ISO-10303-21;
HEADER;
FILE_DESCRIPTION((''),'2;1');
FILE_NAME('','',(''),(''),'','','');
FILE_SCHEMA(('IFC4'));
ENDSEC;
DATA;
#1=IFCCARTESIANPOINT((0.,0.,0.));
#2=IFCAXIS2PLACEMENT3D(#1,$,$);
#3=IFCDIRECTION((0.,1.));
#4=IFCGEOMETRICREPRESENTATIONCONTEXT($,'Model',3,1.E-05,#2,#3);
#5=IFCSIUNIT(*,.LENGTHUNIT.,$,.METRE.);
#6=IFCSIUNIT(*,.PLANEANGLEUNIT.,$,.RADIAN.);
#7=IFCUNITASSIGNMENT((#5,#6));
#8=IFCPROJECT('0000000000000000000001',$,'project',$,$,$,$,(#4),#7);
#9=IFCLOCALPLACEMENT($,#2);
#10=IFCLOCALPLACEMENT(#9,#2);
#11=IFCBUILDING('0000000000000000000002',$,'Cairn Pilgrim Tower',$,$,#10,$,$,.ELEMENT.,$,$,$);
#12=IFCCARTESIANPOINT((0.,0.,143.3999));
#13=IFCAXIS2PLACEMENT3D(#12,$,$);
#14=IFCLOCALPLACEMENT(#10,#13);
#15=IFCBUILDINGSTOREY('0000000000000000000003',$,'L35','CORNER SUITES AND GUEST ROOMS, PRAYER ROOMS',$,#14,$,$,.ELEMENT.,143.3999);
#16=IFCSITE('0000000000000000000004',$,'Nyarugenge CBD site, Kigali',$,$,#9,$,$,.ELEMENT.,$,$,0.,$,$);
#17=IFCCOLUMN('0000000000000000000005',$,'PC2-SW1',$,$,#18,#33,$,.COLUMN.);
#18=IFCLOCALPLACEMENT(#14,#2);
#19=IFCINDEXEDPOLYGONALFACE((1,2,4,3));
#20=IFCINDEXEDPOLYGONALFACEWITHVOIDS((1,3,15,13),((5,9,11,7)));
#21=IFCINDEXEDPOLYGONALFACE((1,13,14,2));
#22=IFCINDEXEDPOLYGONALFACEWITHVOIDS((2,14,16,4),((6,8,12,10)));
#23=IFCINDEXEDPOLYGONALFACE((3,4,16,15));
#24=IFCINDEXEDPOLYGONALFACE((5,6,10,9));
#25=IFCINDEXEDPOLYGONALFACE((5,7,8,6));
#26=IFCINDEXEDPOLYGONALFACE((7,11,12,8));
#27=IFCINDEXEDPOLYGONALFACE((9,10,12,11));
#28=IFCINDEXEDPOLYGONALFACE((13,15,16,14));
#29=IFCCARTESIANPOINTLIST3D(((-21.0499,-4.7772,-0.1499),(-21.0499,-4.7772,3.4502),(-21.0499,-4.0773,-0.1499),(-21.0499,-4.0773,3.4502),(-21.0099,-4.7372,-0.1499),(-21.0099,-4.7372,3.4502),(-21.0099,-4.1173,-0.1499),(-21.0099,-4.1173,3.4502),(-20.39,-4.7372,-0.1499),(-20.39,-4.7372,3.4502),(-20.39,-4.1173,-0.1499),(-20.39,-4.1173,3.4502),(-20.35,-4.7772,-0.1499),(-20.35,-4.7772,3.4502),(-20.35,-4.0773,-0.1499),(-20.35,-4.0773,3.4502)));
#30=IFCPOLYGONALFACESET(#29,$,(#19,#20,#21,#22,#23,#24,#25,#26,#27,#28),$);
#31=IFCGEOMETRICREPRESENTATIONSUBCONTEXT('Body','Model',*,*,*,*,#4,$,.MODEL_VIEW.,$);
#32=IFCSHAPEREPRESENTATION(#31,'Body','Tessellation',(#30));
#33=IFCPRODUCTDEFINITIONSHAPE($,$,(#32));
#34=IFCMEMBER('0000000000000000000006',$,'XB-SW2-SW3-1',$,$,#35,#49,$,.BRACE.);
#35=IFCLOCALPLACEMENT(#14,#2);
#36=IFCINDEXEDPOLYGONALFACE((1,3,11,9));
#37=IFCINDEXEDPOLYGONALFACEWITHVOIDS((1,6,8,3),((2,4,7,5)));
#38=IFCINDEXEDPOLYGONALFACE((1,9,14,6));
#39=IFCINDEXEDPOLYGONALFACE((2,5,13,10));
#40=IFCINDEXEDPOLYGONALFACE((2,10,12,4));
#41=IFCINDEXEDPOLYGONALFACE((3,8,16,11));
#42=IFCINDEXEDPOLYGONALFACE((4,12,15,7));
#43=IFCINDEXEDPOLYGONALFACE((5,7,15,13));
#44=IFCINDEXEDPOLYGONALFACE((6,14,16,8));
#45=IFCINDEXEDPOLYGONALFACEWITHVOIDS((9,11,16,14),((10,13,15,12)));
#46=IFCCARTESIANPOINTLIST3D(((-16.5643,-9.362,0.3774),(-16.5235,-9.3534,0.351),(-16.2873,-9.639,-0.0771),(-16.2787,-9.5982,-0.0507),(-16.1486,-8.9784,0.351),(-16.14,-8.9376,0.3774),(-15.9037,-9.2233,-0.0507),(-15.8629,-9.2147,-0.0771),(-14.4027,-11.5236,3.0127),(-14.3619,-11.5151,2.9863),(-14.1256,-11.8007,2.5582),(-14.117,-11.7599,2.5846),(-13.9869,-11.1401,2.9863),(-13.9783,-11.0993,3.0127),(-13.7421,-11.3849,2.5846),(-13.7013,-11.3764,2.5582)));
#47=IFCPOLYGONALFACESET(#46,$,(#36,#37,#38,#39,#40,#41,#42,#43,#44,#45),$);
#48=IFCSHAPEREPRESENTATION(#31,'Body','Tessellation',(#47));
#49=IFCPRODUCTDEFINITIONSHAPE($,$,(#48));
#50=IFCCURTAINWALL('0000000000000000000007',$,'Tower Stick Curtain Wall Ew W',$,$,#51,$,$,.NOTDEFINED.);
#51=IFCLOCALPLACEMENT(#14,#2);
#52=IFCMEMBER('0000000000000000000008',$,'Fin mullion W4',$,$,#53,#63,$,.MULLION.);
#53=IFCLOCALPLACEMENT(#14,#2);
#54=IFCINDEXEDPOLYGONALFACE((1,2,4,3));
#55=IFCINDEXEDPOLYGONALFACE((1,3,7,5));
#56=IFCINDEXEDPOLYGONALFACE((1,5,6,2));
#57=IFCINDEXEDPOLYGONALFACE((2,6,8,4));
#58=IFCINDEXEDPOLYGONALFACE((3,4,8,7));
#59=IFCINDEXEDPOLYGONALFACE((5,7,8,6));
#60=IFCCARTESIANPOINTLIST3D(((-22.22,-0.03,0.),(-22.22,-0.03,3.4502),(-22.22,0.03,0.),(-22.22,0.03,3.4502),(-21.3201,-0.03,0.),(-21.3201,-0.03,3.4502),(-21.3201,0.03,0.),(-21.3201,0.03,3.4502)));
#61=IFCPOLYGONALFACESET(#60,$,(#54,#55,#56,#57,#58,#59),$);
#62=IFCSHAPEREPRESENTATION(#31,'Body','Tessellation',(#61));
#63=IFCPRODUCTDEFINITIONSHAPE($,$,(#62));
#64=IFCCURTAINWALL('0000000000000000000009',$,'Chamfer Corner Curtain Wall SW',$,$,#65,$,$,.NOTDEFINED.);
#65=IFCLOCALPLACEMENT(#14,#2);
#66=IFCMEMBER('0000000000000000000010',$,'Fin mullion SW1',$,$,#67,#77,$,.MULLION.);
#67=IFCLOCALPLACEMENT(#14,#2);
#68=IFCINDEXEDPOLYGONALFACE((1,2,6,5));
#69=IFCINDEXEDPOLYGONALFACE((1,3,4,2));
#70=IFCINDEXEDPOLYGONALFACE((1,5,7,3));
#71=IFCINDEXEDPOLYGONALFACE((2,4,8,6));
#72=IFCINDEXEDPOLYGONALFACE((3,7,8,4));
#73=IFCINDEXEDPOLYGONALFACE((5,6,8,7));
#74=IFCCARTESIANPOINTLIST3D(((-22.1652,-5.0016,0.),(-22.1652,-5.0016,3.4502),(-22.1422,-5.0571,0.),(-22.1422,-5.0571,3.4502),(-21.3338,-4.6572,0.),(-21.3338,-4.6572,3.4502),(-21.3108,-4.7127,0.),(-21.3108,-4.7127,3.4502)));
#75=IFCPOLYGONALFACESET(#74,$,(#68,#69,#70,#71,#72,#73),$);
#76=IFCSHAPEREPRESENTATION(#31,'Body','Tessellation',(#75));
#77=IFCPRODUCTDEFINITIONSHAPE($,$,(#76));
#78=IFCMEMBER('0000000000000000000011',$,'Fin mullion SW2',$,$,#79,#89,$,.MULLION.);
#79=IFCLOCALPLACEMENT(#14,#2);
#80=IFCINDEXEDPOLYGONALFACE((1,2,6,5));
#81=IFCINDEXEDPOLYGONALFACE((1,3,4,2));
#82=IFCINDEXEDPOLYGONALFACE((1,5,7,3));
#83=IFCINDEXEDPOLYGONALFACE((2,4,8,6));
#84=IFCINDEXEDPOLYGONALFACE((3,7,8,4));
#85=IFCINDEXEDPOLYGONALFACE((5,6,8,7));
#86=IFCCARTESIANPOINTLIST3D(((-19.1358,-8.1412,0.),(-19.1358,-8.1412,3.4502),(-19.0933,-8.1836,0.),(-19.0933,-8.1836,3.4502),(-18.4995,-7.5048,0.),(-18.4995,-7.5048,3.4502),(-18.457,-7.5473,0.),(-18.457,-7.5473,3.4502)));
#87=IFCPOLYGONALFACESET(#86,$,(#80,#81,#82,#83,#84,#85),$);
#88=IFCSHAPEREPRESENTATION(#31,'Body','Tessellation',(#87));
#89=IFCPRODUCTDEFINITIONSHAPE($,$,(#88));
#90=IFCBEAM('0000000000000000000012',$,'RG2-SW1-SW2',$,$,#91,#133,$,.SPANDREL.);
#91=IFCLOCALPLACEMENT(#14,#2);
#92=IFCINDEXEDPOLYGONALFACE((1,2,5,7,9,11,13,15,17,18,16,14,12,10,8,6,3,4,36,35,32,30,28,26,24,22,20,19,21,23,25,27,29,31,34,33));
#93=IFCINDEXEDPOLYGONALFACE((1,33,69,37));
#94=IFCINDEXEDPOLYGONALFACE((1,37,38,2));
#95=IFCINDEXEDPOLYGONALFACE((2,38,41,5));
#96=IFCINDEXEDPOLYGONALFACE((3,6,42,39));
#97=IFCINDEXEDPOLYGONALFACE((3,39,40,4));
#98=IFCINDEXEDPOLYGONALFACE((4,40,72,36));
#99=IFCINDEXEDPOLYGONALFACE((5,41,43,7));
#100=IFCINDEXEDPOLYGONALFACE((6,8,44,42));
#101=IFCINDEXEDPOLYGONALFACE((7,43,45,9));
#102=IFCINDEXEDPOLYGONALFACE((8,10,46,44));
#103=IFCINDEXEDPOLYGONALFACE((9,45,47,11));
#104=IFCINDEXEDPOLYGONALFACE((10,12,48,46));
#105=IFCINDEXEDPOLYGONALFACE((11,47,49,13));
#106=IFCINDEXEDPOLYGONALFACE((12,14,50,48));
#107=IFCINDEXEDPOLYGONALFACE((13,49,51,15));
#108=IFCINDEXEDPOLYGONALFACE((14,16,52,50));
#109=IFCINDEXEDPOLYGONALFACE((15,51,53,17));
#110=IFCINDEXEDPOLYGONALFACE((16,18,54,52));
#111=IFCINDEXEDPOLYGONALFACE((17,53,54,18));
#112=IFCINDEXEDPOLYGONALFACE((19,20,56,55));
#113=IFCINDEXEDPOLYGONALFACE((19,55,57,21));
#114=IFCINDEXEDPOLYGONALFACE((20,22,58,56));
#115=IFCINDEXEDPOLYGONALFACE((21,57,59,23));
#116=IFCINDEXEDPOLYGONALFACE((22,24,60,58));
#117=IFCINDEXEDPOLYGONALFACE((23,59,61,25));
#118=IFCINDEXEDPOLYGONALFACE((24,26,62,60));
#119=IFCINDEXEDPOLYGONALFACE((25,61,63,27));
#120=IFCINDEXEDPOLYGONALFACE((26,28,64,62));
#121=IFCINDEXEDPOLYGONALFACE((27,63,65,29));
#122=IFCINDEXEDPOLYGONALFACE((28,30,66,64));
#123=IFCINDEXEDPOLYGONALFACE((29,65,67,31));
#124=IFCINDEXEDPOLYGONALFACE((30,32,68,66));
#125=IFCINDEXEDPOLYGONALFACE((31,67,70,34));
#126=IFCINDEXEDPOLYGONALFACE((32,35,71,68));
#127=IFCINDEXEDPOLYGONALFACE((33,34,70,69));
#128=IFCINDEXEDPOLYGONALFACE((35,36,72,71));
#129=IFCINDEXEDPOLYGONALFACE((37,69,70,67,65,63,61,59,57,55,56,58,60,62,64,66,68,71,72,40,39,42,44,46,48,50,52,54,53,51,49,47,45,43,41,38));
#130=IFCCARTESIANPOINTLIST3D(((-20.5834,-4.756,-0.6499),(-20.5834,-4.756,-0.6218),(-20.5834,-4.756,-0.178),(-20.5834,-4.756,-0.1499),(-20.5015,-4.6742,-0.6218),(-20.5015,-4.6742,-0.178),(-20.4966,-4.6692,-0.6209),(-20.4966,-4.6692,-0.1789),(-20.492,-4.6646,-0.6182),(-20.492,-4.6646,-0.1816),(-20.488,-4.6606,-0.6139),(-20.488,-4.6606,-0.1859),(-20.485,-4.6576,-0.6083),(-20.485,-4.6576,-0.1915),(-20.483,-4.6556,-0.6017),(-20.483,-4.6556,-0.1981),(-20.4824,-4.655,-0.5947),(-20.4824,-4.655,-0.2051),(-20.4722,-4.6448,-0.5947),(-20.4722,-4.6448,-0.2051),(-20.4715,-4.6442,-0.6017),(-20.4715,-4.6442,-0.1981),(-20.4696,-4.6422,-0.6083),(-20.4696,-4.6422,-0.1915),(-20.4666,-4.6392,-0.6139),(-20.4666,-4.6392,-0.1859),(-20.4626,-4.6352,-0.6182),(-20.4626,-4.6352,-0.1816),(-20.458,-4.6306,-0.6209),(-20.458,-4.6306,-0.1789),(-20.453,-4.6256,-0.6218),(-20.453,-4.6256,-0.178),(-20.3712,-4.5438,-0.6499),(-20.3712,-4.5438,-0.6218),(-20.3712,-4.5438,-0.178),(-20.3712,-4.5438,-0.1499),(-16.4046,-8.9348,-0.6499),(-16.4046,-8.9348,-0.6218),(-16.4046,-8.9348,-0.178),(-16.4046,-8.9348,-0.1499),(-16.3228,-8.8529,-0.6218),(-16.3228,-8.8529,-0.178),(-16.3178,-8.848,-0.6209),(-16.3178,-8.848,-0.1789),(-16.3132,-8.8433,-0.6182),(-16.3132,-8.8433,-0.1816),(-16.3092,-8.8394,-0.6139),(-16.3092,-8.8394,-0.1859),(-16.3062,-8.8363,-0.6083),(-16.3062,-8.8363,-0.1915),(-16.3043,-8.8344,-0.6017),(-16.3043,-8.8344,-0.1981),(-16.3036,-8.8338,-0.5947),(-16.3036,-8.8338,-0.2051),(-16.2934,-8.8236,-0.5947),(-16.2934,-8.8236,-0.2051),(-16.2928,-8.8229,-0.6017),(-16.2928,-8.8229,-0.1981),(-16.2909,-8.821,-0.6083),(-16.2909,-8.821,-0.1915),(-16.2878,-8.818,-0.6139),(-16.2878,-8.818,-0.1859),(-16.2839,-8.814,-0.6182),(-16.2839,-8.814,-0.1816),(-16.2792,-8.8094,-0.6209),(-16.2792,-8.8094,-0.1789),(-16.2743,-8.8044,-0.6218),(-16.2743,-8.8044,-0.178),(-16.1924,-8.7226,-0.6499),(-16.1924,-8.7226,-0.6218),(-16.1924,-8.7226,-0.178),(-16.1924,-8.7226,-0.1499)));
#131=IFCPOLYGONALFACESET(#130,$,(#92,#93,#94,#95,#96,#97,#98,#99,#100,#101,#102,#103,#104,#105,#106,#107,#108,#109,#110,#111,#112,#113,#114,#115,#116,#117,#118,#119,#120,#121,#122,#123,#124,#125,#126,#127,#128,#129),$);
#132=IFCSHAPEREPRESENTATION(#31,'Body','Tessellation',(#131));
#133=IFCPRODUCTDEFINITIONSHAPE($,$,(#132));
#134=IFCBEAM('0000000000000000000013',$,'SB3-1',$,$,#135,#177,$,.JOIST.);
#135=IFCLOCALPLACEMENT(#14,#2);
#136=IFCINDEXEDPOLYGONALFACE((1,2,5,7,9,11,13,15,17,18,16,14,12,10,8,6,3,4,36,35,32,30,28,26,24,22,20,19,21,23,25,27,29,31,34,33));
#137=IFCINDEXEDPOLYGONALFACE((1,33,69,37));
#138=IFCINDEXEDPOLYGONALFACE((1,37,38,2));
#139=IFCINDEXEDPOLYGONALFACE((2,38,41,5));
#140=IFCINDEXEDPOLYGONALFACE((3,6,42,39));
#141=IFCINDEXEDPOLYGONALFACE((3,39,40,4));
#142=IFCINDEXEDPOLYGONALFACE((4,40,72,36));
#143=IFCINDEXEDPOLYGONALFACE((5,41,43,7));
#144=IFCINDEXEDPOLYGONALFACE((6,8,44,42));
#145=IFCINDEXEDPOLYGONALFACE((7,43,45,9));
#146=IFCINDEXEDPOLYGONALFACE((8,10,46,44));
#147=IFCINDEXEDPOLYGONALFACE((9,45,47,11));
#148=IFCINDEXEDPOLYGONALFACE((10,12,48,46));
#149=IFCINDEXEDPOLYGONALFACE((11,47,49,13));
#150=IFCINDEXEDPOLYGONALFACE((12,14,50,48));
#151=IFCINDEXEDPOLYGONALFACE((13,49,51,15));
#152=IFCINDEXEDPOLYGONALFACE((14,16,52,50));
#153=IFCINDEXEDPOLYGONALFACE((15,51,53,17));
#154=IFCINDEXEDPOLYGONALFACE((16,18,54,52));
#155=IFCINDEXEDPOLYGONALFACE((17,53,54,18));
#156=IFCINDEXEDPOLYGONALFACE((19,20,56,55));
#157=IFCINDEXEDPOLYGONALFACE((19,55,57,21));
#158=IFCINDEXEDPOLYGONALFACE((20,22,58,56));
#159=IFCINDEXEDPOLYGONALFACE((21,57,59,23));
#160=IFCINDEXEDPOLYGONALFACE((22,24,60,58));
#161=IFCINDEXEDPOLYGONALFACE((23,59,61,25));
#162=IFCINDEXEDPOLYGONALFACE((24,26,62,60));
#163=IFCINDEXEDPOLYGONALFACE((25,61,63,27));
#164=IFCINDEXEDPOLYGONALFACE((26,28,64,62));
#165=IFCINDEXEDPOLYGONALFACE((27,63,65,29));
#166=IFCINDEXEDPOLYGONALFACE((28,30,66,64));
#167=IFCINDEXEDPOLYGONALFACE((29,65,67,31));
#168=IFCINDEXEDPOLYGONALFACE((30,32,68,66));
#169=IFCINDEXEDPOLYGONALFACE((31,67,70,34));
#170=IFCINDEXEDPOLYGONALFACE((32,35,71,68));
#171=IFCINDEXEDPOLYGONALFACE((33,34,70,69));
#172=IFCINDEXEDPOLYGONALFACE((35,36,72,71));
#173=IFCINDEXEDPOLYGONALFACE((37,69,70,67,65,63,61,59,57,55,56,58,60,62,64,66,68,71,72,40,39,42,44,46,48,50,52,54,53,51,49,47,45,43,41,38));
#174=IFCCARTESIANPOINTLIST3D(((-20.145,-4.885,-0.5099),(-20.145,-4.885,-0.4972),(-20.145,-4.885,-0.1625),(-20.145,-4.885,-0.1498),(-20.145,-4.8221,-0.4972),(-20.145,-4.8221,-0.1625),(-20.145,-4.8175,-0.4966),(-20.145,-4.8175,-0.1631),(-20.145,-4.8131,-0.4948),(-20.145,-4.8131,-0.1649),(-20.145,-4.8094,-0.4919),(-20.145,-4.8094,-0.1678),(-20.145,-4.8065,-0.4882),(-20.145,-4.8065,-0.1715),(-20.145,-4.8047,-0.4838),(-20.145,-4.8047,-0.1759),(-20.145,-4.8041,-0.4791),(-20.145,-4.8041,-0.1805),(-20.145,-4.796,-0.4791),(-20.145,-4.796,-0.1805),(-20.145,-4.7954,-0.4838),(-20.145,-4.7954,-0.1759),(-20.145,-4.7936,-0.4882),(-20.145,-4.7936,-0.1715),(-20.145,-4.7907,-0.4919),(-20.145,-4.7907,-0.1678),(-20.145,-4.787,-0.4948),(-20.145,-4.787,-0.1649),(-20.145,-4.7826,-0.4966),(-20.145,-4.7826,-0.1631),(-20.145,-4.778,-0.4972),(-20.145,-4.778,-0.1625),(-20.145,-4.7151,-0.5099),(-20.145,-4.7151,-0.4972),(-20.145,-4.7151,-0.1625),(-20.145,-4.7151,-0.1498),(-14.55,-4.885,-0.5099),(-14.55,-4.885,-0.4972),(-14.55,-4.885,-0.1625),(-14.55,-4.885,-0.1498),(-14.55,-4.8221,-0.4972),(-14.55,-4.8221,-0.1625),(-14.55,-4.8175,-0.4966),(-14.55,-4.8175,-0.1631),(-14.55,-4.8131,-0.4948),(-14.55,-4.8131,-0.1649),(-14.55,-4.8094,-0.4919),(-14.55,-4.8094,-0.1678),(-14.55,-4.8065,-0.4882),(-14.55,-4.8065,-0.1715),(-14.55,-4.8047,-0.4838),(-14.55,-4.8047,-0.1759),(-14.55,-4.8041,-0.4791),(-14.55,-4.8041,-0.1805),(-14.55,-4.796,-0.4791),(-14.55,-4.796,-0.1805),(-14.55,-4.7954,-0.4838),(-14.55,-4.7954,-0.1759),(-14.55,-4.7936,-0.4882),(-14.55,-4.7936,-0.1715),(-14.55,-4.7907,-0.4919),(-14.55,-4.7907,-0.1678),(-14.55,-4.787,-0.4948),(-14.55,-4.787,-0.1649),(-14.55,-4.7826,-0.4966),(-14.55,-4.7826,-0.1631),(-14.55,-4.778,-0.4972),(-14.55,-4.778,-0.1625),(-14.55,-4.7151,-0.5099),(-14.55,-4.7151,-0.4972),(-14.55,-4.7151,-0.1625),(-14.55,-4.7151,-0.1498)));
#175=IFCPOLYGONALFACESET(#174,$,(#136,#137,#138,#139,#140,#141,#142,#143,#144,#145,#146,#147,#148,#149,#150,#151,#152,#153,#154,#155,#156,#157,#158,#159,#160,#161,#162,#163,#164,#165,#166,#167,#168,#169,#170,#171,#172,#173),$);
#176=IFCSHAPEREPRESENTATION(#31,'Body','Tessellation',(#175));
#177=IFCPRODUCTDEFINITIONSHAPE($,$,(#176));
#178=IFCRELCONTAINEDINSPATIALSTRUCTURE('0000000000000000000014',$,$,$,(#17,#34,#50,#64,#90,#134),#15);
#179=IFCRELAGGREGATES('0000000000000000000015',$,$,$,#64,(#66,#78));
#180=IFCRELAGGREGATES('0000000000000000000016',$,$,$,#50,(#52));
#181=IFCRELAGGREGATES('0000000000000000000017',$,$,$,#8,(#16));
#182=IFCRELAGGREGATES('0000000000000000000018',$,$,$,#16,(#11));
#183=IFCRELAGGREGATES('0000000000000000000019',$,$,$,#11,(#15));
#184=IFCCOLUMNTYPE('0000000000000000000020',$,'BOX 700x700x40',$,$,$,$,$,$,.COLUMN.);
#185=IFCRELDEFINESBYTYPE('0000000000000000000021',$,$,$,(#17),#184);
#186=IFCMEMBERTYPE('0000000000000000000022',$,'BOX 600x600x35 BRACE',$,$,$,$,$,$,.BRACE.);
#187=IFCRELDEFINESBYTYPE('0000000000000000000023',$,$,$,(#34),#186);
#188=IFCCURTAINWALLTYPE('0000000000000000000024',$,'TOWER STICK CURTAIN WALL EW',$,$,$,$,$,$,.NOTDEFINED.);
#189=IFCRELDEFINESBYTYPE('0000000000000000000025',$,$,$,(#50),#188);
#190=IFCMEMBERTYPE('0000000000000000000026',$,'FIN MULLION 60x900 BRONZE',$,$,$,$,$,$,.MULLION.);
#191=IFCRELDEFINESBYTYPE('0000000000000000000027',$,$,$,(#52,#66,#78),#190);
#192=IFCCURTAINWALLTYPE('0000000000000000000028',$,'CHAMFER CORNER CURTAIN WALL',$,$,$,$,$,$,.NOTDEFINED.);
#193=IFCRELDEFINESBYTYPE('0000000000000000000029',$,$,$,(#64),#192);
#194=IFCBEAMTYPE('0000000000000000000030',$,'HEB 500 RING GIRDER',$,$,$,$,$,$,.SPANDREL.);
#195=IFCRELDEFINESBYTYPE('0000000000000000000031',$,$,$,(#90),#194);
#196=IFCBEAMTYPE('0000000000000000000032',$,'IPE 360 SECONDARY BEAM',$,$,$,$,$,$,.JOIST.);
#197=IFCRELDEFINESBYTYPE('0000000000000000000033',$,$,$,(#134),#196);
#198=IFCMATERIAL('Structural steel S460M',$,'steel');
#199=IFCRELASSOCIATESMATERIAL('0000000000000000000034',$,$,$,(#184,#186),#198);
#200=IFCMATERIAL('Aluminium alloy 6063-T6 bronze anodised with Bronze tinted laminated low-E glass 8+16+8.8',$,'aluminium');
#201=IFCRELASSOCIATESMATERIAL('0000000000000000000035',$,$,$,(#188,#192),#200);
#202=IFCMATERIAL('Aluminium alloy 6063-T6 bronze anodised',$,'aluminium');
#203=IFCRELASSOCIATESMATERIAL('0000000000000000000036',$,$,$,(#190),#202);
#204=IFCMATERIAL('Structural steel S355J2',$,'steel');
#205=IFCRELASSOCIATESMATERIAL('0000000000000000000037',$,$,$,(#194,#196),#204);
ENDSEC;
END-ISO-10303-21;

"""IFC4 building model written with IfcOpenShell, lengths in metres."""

from ifc_helpers import new_model, si_unit, direction, frame, origin, origin_2d, place, context, subcontext, project, spatial, rectangle, hollow_rectangle, i_section, extrude, material, material_profile, profile_set, type_object, element, aggregate, save


model = new_model("IFC4")

# Units and contexts
model_context = context("Model", 3, precision=1e-05, world=origin(), true_north=direction((0.0, 1.0)))
body_context = subcontext(model_context, "Body", "Model", "MODEL_VIEW")
ifc_project = project(units=[si_unit("LENGTHUNIT", "METRE"), si_unit("PLANEANGLEUNIT", "RADIAN")], contexts=[model_context])

# Site, building, storey
site_placement = place(None, origin())
site = spatial("IfcSite", under=ifc_project, at=site_placement, Name="Nyarugenge CBD site, Kigali", CompositionType="ELEMENT", RefElevation=0.0)
building_placement = place(site_placement, origin())
building = spatial("IfcBuilding", under=site, at=building_placement, Name="Cairn Pilgrim Tower", CompositionType="ELEMENT")
storey_placement = place(building_placement, frame((0.0, 0.0, 143.3999)))
storey = spatial("IfcBuildingStorey", under=building, at=storey_placement, Name="L35", Description="CORNER SUITES AND GUEST ROOMS, PRAYER ROOMS", CompositionType="ELEMENT", Elevation=143.3999)

# Column
ifc_material_1 = material(Name="Structural steel S460M", Category="steel")
ifc_material_profile_1 = material_profile(ifc_material_1, hollow_rectangle(XDim=0.7, YDim=0.7, WallThickness=0.04, at=origin_2d()), Name="BOX 700x700x40")
ifc_profile_set_1 = profile_set([ifc_material_profile_1], Name="Structural steel S460M")
column_type = type_object("IfcColumnType", Name="BOX 700x700x40", PredefinedType="COLUMN", material=ifc_profile_set_1)
column_placement = place(storey_placement, frame((-20.7, -4.4272, -0.1499), z_axis=(0.0, 0.0, 1.0), x_axis=(1.0, 0.0, 0.0)))
element("IfcColumn", 1, at=column_placement, inside=storey, type_object=column_type, Name="PC2-SW1", PredefinedType="COLUMN", context=body_context, shape_type="SweptSolid", body=[
    extrude(hollow_rectangle(XDim=0.7, YDim=0.7, WallThickness=0.04, at=origin_2d()), origin(), (0.0, 0.0, 1.0), 3.6001),
])

# Member
ifc_material_profile_2 = material_profile(ifc_material_1, hollow_rectangle(XDim=0.6001, YDim=0.6001, WallThickness=0.0349, at=origin_2d()), Name="BOX 600x600x35")
ifc_profile_set_2 = profile_set([ifc_material_profile_2], Name="Structural steel S460M")
member_type_1 = type_object("IfcMemberType", Name="BOX 600x600x35 BRACE", PredefinedType="BRACE", material=ifc_profile_set_2)
member_1_placement = place(storey_placement, frame((-16.2136, -9.2883, 0.1501), z_axis=(0.535577, -0.535577, 0.652927), x_axis=(0.707107, 0.707107, 0.0)))
element("IfcMember", 2, at=member_1_placement, inside=storey, type_object=member_type_1, Name="XB-SW2-SW3-1", PredefinedType="BRACE", context=body_context, shape_type="SweptSolid", body=[
    extrude(hollow_rectangle(XDim=0.6001, YDim=0.6001, WallThickness=0.0349, at=origin_2d()), origin(), (0.0, 0.0, 1.0), 4.0361),
])

# Curtain wall, member
ifc_material_2 = material(Name="Aluminium alloy 6063-T6 bronze anodised with Bronze tinted laminated low-E glass 8+16+8.8", Category="aluminium")
curtain_wall_type_1 = type_object("IfcCurtainWallType", Name="TOWER STICK CURTAIN WALL EW", PredefinedType="NOTDEFINED", material=ifc_material_2)
curtain_wall_1_placement = place(storey_placement, origin())
curtain_wall_1 = element("IfcCurtainWall", 3, at=curtain_wall_1_placement, inside=storey, type_object=curtain_wall_type_1, Name="Tower Stick Curtain Wall Ew W", PredefinedType="NOTDEFINED")
ifc_material_3 = material(Name="Aluminium alloy 6063-T6 bronze anodised", Category="aluminium")
ifc_material_profile_3 = material_profile(ifc_material_3, rectangle(XDim=0.8999, YDim=0.0601, at=origin_2d()), Name="FIN MULLION 60x900 BRONZE")
ifc_profile_set_3 = profile_set([ifc_material_profile_3], Name="Aluminium alloy 6063-T6 bronze anodised")
member_type_2 = type_object("IfcMemberType", Name="FIN MULLION 60x900 BRONZE", PredefinedType="MULLION", material=ifc_profile_set_3)
member_2_placement = place(storey_placement, frame((-21.77, 0.0, 0.0), z_axis=(0.0, 0.0, 1.0), x_axis=(-1.0, 0.0, 0.0)))
member_2 = element("IfcMember", 4, at=member_2_placement, type_object=member_type_2, Name="Fin mullion W4", PredefinedType="MULLION", context=body_context, shape_type="SweptSolid", body=[
    extrude(rectangle(XDim=0.8999, YDim=0.0601, at=origin_2d()), origin(), (0.0, 0.0, 1.0), 3.4502),
])

# Curtain wall, members
curtain_wall_type_2 = type_object("IfcCurtainWallType", Name="CHAMFER CORNER CURTAIN WALL", PredefinedType="NOTDEFINED", material=ifc_material_2)
curtain_wall_2_placement = place(storey_placement, origin())
curtain_wall_2 = element("IfcCurtainWall", 5, at=curtain_wall_2_placement, inside=storey, type_object=curtain_wall_type_2, Name="Chamfer Corner Curtain Wall SW", PredefinedType="NOTDEFINED")
member_3_placement = place(storey_placement, frame((-21.738, -4.8572, 0.0), z_axis=(0.0, 0.0, 1.0), x_axis=(-0.92388, -0.382683, 0.0)))
member_3 = element("IfcMember", 6, at=member_3_placement, type_object=member_type_2, Name="Fin mullion SW1", PredefinedType="MULLION", context=body_context, shape_type="SweptSolid", body=[
    extrude(rectangle(XDim=0.8999, YDim=0.0601, at=origin_2d()), origin(), (0.0, 0.0, 1.0), 3.4502),
])
member_4_placement = place(storey_placement, frame((-18.7964, -7.8442, 0.0), z_axis=(0.0, 0.0, 1.0), x_axis=(-0.707107, -0.707107, 0.0)))
member_4 = element("IfcMember", 7, at=member_4_placement, type_object=member_type_2, Name="Fin mullion SW2", PredefinedType="MULLION", context=body_context, shape_type="SweptSolid", body=[
    extrude(rectangle(XDim=0.8999, YDim=0.0601, at=origin_2d()), origin(), (0.0, 0.0, 1.0), 3.4502),
])

# Beams
ifc_material_4 = material(Name="Structural steel S355J2", Category="steel")
ifc_material_profile_4 = material_profile(ifc_material_4, i_section(OverallWidth=0.3, OverallDepth=0.5, WebThickness=0.0144, FlangeThickness=0.0281, FilletRadius=0.0271, at=origin_2d()), Name="HEB 500")
ifc_profile_set_4 = profile_set([ifc_material_profile_4], Name="Structural steel S355J2")
beam_type_1 = type_object("IfcBeamType", Name="HEB 500 RING GIRDER", PredefinedType="SPANDREL", material=ifc_profile_set_4)
beam_1_placement = place(storey_placement, frame((-20.4773, -4.6499, -0.3999), z_axis=(0.707107, -0.707107, 0.0), x_axis=(0.707107, 0.707107, 0.0)))
element("IfcBeam", 8, at=beam_1_placement, inside=storey, type_object=beam_type_1, Name="RG2-SW1-SW2", PredefinedType="SPANDREL", context=body_context, shape_type="SweptSolid", body=[
    extrude(i_section(OverallWidth=0.3, OverallDepth=0.5, WebThickness=0.0144, FlangeThickness=0.0281, FilletRadius=0.0271, at=origin_2d()), origin(), (0.0, 0.0, 1.0), 5.9097),
])
ifc_material_profile_5 = material_profile(ifc_material_4, i_section(OverallWidth=0.1699, OverallDepth=0.3601, WebThickness=0.0081, FlangeThickness=0.0127, FilletRadius=0.0181, at=origin_2d()), Name="IPE 360")
ifc_profile_set_5 = profile_set([ifc_material_profile_5], Name="Structural steel S355J2")
beam_type_2 = type_object("IfcBeamType", Name="IPE 360 SECONDARY BEAM", PredefinedType="JOIST", material=ifc_profile_set_5)
beam_2_placement = place(storey_placement, frame((-20.145, -4.8, -0.3298), z_axis=(1.0, 0.0, 0.0), x_axis=(0.0, 1.0, 0.0)))
element("IfcBeam", 9, at=beam_2_placement, inside=storey, type_object=beam_type_2, Name="SB3-1", PredefinedType="JOIST", context=body_context, shape_type="SweptSolid", body=[
    extrude(i_section(OverallWidth=0.1699, OverallDepth=0.3601, WebThickness=0.0081, FlangeThickness=0.0127, FilletRadius=0.0181, at=origin_2d()), origin(), (0.0, 0.0, 1.0), 5.595),
])

aggregate(curtain_wall_2, [member_3, member_4])
aggregate(curtain_wall_1, [member_2])

save(model, "model.ifc")
